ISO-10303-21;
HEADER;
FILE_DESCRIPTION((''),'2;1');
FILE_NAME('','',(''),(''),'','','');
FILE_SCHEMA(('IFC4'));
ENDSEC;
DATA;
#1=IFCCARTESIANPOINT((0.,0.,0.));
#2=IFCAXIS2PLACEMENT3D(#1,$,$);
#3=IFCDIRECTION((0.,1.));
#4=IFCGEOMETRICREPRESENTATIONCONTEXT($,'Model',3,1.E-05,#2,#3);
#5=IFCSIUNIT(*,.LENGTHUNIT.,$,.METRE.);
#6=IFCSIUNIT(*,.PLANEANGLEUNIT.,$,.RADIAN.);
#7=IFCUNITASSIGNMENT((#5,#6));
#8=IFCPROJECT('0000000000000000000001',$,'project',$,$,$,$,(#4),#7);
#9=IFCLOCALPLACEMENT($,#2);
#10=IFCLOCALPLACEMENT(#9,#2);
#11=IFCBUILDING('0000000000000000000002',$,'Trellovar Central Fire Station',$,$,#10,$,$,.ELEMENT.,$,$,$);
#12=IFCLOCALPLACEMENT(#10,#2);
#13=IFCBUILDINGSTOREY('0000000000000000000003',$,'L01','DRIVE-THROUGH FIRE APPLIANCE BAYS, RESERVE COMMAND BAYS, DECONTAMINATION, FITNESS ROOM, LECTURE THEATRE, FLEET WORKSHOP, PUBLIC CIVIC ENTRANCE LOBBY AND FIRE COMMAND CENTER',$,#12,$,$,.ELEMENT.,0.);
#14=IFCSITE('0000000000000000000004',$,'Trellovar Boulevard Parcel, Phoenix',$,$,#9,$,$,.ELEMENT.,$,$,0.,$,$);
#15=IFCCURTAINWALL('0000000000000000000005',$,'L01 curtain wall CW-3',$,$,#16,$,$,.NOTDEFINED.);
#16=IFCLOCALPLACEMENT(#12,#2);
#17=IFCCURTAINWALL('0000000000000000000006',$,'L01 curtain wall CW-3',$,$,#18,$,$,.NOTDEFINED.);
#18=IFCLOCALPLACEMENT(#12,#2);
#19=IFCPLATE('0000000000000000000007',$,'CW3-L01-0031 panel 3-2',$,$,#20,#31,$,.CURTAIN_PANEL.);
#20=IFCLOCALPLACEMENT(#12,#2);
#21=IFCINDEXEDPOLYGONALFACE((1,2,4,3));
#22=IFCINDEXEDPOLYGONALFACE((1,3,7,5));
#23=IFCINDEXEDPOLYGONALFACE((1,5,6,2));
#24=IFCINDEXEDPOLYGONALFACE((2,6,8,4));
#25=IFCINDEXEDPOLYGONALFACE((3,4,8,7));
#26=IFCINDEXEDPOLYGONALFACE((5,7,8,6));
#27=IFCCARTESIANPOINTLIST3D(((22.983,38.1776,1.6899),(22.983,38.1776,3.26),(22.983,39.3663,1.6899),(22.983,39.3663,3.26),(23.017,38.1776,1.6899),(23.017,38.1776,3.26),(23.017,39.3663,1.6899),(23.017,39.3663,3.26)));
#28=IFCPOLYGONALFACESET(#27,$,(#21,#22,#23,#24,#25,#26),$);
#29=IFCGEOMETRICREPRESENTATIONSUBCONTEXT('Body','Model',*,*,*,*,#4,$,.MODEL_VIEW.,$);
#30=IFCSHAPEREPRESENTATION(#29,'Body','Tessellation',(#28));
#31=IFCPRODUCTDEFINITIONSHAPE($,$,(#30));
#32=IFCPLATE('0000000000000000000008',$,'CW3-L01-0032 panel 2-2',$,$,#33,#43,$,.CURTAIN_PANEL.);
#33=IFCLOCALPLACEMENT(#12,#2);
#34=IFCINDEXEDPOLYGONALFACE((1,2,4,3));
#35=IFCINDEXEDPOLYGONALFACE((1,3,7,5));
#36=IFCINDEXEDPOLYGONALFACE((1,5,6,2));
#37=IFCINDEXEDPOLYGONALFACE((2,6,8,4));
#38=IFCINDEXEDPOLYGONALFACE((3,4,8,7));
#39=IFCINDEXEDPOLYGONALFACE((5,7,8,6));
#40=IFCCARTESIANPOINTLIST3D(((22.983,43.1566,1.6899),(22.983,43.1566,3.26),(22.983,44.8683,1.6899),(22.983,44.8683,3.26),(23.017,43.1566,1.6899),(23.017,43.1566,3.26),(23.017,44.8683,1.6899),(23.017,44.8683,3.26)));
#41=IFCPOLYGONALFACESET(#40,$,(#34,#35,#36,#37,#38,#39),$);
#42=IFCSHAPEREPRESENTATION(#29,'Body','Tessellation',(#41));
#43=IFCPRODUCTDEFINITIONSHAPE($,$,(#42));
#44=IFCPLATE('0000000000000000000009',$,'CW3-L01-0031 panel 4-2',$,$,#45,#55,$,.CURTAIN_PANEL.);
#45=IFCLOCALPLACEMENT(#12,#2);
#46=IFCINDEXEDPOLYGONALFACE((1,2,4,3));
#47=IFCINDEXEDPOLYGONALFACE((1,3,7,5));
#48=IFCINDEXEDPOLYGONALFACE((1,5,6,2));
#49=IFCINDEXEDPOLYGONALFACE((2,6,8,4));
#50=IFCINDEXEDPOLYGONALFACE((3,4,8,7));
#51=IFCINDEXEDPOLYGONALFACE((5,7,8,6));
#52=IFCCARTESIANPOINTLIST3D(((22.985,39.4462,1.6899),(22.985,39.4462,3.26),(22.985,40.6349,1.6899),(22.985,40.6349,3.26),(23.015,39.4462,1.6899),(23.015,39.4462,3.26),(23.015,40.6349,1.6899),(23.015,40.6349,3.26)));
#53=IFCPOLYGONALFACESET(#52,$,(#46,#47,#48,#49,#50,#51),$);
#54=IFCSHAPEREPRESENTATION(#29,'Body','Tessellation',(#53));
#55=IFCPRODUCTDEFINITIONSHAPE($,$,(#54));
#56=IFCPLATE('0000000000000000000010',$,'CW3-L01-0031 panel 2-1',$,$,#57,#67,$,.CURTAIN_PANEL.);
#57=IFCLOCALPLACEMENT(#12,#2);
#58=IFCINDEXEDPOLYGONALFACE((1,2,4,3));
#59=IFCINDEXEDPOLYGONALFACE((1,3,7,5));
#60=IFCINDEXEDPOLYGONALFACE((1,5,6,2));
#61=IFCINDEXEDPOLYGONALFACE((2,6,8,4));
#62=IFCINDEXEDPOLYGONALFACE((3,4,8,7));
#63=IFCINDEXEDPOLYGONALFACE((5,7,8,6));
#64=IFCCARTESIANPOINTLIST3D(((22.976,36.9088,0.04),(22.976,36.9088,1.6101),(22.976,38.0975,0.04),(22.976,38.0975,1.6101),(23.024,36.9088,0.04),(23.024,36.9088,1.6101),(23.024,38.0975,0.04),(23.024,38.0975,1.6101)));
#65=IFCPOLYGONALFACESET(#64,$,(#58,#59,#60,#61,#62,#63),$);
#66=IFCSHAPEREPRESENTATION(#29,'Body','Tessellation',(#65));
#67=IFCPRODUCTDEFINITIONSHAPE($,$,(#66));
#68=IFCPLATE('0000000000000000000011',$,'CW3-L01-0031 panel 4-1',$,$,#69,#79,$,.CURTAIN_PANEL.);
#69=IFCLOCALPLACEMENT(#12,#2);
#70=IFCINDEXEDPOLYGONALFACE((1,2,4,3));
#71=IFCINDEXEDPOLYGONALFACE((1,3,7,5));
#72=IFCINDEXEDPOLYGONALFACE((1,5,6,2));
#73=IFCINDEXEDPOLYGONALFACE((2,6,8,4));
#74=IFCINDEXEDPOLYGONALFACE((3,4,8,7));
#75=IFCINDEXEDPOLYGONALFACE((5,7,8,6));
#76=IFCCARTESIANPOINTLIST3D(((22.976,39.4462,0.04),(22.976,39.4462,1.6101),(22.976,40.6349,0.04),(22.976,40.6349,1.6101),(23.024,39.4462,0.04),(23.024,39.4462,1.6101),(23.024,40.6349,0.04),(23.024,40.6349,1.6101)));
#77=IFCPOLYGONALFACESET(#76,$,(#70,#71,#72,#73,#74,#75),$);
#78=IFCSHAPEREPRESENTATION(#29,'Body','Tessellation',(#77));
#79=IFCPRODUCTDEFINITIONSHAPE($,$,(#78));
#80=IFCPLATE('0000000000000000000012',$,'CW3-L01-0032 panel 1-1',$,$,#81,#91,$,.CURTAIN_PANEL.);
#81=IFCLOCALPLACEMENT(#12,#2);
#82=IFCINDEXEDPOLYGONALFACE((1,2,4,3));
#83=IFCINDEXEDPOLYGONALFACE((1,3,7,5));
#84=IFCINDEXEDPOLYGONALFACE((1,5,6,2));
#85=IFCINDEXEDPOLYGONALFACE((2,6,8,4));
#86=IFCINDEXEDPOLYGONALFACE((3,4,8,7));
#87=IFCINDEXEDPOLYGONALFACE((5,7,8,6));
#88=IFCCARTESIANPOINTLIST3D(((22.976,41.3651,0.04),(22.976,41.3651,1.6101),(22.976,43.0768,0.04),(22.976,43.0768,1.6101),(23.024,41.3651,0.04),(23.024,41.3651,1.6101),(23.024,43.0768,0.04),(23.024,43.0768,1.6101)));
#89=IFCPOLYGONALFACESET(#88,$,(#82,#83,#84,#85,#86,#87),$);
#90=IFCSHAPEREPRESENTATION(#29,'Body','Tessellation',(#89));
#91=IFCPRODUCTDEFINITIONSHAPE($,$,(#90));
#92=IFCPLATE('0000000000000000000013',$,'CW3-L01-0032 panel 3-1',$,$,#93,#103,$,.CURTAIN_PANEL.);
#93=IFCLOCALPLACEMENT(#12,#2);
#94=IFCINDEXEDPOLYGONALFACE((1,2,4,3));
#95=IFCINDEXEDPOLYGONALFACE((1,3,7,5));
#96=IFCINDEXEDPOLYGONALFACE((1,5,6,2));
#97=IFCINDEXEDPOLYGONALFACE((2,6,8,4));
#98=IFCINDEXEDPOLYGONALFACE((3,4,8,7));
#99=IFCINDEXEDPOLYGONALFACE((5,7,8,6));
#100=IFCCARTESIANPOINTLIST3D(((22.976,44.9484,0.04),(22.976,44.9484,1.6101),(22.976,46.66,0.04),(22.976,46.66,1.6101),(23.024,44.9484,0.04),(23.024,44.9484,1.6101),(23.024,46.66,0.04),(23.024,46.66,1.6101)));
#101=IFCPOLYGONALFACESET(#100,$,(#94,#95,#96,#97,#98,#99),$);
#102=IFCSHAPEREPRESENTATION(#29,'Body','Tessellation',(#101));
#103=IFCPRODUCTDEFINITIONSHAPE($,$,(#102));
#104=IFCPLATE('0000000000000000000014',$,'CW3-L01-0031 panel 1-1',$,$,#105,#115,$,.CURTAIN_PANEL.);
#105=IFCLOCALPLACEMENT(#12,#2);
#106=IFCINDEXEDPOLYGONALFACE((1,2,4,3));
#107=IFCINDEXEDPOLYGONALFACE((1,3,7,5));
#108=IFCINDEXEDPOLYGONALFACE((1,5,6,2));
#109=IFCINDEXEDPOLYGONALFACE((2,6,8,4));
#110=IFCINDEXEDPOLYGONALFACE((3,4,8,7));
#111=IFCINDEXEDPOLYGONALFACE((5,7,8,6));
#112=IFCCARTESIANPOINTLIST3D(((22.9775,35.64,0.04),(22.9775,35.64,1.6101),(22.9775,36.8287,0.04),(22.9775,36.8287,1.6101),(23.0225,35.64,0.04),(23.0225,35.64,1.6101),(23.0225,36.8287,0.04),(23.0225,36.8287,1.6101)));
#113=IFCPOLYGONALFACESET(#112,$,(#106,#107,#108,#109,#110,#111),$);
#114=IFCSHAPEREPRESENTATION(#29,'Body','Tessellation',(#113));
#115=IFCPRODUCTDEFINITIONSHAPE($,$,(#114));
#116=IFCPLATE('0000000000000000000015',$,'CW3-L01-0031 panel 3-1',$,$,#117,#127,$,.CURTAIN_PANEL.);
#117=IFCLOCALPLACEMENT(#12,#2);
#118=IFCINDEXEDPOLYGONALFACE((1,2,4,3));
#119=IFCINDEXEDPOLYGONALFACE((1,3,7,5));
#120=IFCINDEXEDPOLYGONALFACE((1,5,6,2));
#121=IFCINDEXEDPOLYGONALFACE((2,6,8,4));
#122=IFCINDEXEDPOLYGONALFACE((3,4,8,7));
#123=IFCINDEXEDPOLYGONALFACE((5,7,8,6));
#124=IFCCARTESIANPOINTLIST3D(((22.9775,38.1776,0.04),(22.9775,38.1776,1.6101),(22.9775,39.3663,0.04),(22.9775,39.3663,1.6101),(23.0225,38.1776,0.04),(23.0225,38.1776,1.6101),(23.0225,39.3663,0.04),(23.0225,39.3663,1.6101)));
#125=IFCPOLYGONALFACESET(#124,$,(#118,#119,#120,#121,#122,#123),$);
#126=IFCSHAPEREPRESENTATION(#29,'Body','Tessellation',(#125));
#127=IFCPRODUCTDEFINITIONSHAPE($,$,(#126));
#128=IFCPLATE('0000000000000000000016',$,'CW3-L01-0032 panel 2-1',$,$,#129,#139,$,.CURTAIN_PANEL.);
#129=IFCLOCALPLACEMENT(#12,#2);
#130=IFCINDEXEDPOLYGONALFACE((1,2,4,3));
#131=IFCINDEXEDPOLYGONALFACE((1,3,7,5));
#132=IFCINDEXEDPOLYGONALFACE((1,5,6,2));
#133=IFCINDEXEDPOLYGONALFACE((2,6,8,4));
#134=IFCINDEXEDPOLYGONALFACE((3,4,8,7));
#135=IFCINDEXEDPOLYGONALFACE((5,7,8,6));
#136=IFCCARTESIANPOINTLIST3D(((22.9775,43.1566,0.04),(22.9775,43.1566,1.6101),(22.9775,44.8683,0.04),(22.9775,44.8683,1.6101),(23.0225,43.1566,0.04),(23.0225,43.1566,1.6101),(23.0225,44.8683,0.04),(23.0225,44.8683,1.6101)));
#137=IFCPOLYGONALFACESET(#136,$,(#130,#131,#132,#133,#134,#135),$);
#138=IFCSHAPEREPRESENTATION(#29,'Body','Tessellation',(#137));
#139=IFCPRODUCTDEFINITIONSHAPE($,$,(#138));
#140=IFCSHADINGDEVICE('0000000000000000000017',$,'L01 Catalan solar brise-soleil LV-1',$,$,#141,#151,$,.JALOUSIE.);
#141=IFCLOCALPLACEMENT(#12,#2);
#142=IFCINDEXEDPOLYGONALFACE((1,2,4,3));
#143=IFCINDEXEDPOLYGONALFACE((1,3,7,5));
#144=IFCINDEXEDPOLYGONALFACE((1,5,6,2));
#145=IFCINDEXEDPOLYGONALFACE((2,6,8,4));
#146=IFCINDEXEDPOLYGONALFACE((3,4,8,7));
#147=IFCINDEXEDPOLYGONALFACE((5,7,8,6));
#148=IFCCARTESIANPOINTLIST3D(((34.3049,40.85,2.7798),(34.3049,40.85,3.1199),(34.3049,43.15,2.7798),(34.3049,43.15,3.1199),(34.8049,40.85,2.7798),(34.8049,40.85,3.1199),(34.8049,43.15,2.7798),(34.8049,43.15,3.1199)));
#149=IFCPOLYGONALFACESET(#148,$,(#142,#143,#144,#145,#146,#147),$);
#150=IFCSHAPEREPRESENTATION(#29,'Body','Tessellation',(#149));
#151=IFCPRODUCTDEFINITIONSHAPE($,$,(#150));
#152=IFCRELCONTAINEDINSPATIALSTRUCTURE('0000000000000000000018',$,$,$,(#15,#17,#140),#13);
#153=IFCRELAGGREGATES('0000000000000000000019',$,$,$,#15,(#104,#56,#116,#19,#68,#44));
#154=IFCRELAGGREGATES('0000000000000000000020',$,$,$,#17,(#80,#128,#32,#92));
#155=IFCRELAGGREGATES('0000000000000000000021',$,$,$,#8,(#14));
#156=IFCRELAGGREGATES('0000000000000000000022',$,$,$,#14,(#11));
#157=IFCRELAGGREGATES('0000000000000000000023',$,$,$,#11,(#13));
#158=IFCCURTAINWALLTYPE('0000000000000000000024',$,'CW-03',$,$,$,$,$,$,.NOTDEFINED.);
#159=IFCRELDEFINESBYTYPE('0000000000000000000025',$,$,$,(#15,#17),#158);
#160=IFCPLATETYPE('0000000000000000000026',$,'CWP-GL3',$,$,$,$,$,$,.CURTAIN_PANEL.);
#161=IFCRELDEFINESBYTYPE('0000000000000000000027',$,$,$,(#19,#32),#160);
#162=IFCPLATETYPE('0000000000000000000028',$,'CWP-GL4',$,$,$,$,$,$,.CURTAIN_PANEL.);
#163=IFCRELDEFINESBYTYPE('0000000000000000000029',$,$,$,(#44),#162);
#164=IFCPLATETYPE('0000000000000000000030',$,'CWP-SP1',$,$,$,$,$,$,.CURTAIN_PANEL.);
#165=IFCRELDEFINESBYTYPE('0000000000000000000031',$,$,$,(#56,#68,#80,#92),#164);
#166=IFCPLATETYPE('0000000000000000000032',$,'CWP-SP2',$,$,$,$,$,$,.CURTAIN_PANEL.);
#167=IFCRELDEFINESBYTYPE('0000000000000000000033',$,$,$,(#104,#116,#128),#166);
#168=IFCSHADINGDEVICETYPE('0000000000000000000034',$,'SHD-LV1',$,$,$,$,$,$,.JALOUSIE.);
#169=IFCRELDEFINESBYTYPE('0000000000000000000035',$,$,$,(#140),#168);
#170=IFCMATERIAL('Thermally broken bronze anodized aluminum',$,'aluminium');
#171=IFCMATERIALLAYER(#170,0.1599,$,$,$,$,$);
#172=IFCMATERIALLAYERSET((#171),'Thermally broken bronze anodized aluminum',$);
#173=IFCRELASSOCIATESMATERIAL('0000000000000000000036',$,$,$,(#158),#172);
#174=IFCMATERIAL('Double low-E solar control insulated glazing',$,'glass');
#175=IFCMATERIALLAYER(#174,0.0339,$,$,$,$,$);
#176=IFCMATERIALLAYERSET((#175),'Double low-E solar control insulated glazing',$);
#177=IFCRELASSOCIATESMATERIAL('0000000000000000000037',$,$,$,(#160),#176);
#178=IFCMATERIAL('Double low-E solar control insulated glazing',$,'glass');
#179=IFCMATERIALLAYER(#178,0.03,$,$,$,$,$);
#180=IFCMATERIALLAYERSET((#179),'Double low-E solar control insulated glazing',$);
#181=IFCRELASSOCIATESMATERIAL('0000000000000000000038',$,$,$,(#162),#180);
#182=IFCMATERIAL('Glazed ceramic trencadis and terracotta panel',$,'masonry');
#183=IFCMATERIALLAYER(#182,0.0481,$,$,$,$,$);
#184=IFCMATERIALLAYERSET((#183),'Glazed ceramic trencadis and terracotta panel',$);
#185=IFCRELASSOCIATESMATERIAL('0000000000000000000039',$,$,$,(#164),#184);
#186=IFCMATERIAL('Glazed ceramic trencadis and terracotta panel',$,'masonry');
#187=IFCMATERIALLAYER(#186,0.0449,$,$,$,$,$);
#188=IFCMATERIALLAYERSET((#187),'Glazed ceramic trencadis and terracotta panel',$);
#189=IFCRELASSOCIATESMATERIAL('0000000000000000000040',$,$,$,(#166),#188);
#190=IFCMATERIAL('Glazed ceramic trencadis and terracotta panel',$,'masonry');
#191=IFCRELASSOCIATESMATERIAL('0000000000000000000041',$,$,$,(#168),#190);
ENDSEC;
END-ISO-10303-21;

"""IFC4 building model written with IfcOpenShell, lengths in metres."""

from ifc_helpers import new_model, si_unit, direction, frame, origin, origin_2d, place, context, subcontext, project, spatial, rectangle, extrude, material, layer, layer_set, type_object, element, aggregate, save


model = new_model("IFC4")

# Units and contexts
model_context = context("Model", 3, precision=1e-05, world=origin(), true_north=direction((0.0, 1.0)))
body_context = subcontext(model_context, "Body", "Model", "MODEL_VIEW")
ifc_project = project(units=[si_unit("LENGTHUNIT", "METRE"), si_unit("PLANEANGLEUNIT", "RADIAN")], contexts=[model_context])

# Site, building, storey
site_placement = place(None, origin())
site = spatial("IfcSite", under=ifc_project, at=site_placement, Name="Trellovar Boulevard Parcel, Phoenix", CompositionType="ELEMENT", RefElevation=0.0)
building_placement = place(site_placement, origin())
building = spatial("IfcBuilding", under=site, at=building_placement, Name="Trellovar Central Fire Station", CompositionType="ELEMENT")
storey_placement = place(building_placement, origin())
storey = spatial("IfcBuildingStorey", under=building, at=storey_placement, Name="L01", Description="DRIVE-THROUGH FIRE APPLIANCE BAYS, RESERVE COMMAND BAYS, DECONTAMINATION, FITNESS ROOM, LECTURE THEATRE, FLEET WORKSHOP, PUBLIC CIVIC ENTRANCE LOBBY AND FIRE COMMAND CENTER", CompositionType="ELEMENT", Elevation=0.0)

# Curtain walls
ifc_material_1 = material(Name="Thermally broken bronze anodized aluminum", Category="aluminium")
ifc_layer_1 = layer(ifc_material_1, 0.1599)
ifc_layer_set_1 = layer_set([ifc_layer_1], Name="Thermally broken bronze anodized aluminum")
curtain_wall_type = type_object("IfcCurtainWallType", Name="CW-03", PredefinedType="NOTDEFINED", material=ifc_layer_set_1)
curtain_wall_1_placement = place(storey_placement, origin())
curtain_wall_1 = element("IfcCurtainWall", 1, at=curtain_wall_1_placement, inside=storey, type_object=curtain_wall_type, Name="L01 curtain wall CW-3", PredefinedType="NOTDEFINED")
curtain_wall_2_placement = place(storey_placement, origin())
curtain_wall_2 = element("IfcCurtainWall", 2, at=curtain_wall_2_placement, inside=storey, type_object=curtain_wall_type, Name="L01 curtain wall CW-3", PredefinedType="NOTDEFINED")

# Plates
ifc_material_2 = material(Name="Double low-E solar control insulated glazing", Category="glass")
ifc_layer_2 = layer(ifc_material_2, 0.0339)
ifc_layer_set_2 = layer_set([ifc_layer_2], Name="Double low-E solar control insulated glazing")
plate_type_1 = type_object("IfcPlateType", Name="CWP-GL3", PredefinedType="CURTAIN_PANEL", material=ifc_layer_set_2)
plate_1_placement = place(storey_placement, frame((23.0, 38.772, 1.6899), z_axis=(0.0, 0.0, 1.0), x_axis=(0.0, 1.0, 0.0)))
plate_1 = element("IfcPlate", 3, at=plate_1_placement, type_object=plate_type_1, Name="CW3-L01-0031 panel 3-2", PredefinedType="CURTAIN_PANEL", context=body_context, shape_type="SweptSolid", body=[
    extrude(rectangle(XDim=1.1887, YDim=0.0339, at=origin_2d()), origin(), (0.0, 0.0, 1.0), 1.5701),
])
plate_2_placement = place(storey_placement, frame((23.0, 44.0125, 1.6899), z_axis=(0.0, 0.0, 1.0), x_axis=(0.0, 1.0, 0.0)))
plate_2 = element("IfcPlate", 4, at=plate_2_placement, type_object=plate_type_1, Name="CW3-L01-0032 panel 2-2", PredefinedType="CURTAIN_PANEL", context=body_context, shape_type="SweptSolid", body=[
    extrude(rectangle(XDim=1.7117, YDim=0.0339, at=origin_2d()), origin(), (0.0, 0.0, 1.0), 1.5701),
])
ifc_material_3 = material(Name="Double low-E solar control insulated glazing", Category="glass")
ifc_layer_3 = layer(ifc_material_3, 0.03)
ifc_layer_set_3 = layer_set([ifc_layer_3], Name="Double low-E solar control insulated glazing")
plate_type_2 = type_object("IfcPlateType", Name="CWP-GL4", PredefinedType="CURTAIN_PANEL", material=ifc_layer_set_3)
plate_3_placement = place(storey_placement, frame((23.0, 40.0405, 1.6899), z_axis=(0.0, 0.0, 1.0), x_axis=(0.0, 1.0, 0.0)))
plate_3 = element("IfcPlate", 5, at=plate_3_placement, type_object=plate_type_2, Name="CW3-L01-0031 panel 4-2", PredefinedType="CURTAIN_PANEL", context=body_context, shape_type="SweptSolid", body=[
    extrude(rectangle(XDim=1.1887, YDim=0.03, at=origin_2d()), origin(), (0.0, 0.0, 1.0), 1.5701),
])
ifc_material_4 = material(Name="Glazed ceramic trencadis and terracotta panel", Category="masonry")
ifc_layer_4 = layer(ifc_material_4, 0.0481)
ifc_layer_set_4 = layer_set([ifc_layer_4], Name="Glazed ceramic trencadis and terracotta panel")
plate_type_3 = type_object("IfcPlateType", Name="CWP-SP1", PredefinedType="CURTAIN_PANEL", material=ifc_layer_set_4)
plate_4_placement = place(storey_placement, frame((23.0, 37.5032, 0.04), z_axis=(0.0, 0.0, 1.0), x_axis=(0.0, 1.0, 0.0)))
plate_4 = element("IfcPlate", 6, at=plate_4_placement, type_object=plate_type_3, Name="CW3-L01-0031 panel 2-1", PredefinedType="CURTAIN_PANEL", context=body_context, shape_type="SweptSolid", body=[
    extrude(rectangle(XDim=1.1887, YDim=0.0481, at=origin_2d()), origin(), (0.0, 0.0, 1.0), 1.5701),
])
plate_5_placement = place(storey_placement, frame((23.0, 40.0405, 0.04), z_axis=(0.0, 0.0, 1.0), x_axis=(0.0, 1.0, 0.0)))
plate_5 = element("IfcPlate", 7, at=plate_5_placement, type_object=plate_type_3, Name="CW3-L01-0031 panel 4-1", PredefinedType="CURTAIN_PANEL", context=body_context, shape_type="SweptSolid", body=[
    extrude(rectangle(XDim=1.1887, YDim=0.0481, at=origin_2d()), origin(), (0.0, 0.0, 1.0), 1.5701),
])
plate_6_placement = place(storey_placement, frame((23.0, 42.2209, 0.04), z_axis=(0.0, 0.0, 1.0), x_axis=(0.0, 1.0, 0.0)))
plate_6 = element("IfcPlate", 8, at=plate_6_placement, type_object=plate_type_3, Name="CW3-L01-0032 panel 1-1", PredefinedType="CURTAIN_PANEL", context=body_context, shape_type="SweptSolid", body=[
    extrude(rectangle(XDim=1.7117, YDim=0.0481, at=origin_2d()), origin(), (0.0, 0.0, 1.0), 1.5701),
])
plate_7_placement = place(storey_placement, frame((23.0, 45.8042, 0.04), z_axis=(0.0, 0.0, 1.0), x_axis=(0.0, 1.0, 0.0)))
plate_7 = element("IfcPlate", 9, at=plate_7_placement, type_object=plate_type_3, Name="CW3-L01-0032 panel 3-1", PredefinedType="CURTAIN_PANEL", context=body_context, shape_type="SweptSolid", body=[
    extrude(rectangle(XDim=1.7117, YDim=0.0481, at=origin_2d()), origin(), (0.0, 0.0, 1.0), 1.5701),
])
ifc_material_5 = material(Name="Glazed ceramic trencadis and terracotta panel", Category="masonry")
ifc_layer_5 = layer(ifc_material_5, 0.0449)
ifc_layer_set_5 = layer_set([ifc_layer_5], Name="Glazed ceramic trencadis and terracotta panel")
plate_type_4 = type_object("IfcPlateType", Name="CWP-SP2", PredefinedType="CURTAIN_PANEL", material=ifc_layer_set_5)
plate_8_placement = place(storey_placement, frame((23.0, 36.2344, 0.04), z_axis=(0.0, 0.0, 1.0), x_axis=(0.0, 1.0, 0.0)))
plate_8 = element("IfcPlate", 10, at=plate_8_placement, type_object=plate_type_4, Name="CW3-L01-0031 panel 1-1", PredefinedType="CURTAIN_PANEL", context=body_context, shape_type="SweptSolid", body=[
    extrude(rectangle(XDim=1.1887, YDim=0.0449, at=origin_2d()), origin(), (0.0, 0.0, 1.0), 1.5701),
])
plate_9_placement = place(storey_placement, frame((23.0, 38.772, 0.04), z_axis=(0.0, 0.0, 1.0), x_axis=(0.0, 1.0, 0.0)))
plate_9 = element("IfcPlate", 11, at=plate_9_placement, type_object=plate_type_4, Name="CW3-L01-0031 panel 3-1", PredefinedType="CURTAIN_PANEL", context=body_context, shape_type="SweptSolid", body=[
    extrude(rectangle(XDim=1.1887, YDim=0.0449, at=origin_2d()), origin(), (0.0, 0.0, 1.0), 1.5701),
])
aggregate(curtain_wall_1, [plate_8, plate_4, plate_9, plate_1, plate_5, plate_3])
plate_10_placement = place(storey_placement, frame((23.0, 44.0125, 0.04), z_axis=(0.0, 0.0, 1.0), x_axis=(0.0, 1.0, 0.0)))
plate_10 = element("IfcPlate", 12, at=plate_10_placement, type_object=plate_type_4, Name="CW3-L01-0032 panel 2-1", PredefinedType="CURTAIN_PANEL", context=body_context, shape_type="SweptSolid", body=[
    extrude(rectangle(XDim=1.7117, YDim=0.0449, at=origin_2d()), origin(), (0.0, 0.0, 1.0), 1.5701),
])
aggregate(curtain_wall_2, [plate_6, plate_10, plate_2, plate_7])

# Shading device
ifc_material_6 = material(Name="Glazed ceramic trencadis and terracotta panel", Category="masonry")
shading_device_type = type_object("IfcShadingDeviceType", Name="SHD-LV1", PredefinedType="JALOUSIE", material=ifc_material_6)
shading_device_placement = place(storey_placement, frame((34.5549, 42.0, 2.7798), z_axis=(0.0, 0.0, 1.0), x_axis=(0.0, 1.0, 0.0)))
element("IfcShadingDevice", 13, at=shading_device_placement, inside=storey, type_object=shading_device_type, Name="L01 Catalan solar brise-soleil LV-1", PredefinedType="JALOUSIE", context=body_context, shape_type="SweptSolid", body=[
    extrude(rectangle(XDim=2.3, YDim=0.5, at=origin_2d()), origin(), (0.0, 0.0, 1.0), 0.3401),
])

save(model, "model.ifc")
